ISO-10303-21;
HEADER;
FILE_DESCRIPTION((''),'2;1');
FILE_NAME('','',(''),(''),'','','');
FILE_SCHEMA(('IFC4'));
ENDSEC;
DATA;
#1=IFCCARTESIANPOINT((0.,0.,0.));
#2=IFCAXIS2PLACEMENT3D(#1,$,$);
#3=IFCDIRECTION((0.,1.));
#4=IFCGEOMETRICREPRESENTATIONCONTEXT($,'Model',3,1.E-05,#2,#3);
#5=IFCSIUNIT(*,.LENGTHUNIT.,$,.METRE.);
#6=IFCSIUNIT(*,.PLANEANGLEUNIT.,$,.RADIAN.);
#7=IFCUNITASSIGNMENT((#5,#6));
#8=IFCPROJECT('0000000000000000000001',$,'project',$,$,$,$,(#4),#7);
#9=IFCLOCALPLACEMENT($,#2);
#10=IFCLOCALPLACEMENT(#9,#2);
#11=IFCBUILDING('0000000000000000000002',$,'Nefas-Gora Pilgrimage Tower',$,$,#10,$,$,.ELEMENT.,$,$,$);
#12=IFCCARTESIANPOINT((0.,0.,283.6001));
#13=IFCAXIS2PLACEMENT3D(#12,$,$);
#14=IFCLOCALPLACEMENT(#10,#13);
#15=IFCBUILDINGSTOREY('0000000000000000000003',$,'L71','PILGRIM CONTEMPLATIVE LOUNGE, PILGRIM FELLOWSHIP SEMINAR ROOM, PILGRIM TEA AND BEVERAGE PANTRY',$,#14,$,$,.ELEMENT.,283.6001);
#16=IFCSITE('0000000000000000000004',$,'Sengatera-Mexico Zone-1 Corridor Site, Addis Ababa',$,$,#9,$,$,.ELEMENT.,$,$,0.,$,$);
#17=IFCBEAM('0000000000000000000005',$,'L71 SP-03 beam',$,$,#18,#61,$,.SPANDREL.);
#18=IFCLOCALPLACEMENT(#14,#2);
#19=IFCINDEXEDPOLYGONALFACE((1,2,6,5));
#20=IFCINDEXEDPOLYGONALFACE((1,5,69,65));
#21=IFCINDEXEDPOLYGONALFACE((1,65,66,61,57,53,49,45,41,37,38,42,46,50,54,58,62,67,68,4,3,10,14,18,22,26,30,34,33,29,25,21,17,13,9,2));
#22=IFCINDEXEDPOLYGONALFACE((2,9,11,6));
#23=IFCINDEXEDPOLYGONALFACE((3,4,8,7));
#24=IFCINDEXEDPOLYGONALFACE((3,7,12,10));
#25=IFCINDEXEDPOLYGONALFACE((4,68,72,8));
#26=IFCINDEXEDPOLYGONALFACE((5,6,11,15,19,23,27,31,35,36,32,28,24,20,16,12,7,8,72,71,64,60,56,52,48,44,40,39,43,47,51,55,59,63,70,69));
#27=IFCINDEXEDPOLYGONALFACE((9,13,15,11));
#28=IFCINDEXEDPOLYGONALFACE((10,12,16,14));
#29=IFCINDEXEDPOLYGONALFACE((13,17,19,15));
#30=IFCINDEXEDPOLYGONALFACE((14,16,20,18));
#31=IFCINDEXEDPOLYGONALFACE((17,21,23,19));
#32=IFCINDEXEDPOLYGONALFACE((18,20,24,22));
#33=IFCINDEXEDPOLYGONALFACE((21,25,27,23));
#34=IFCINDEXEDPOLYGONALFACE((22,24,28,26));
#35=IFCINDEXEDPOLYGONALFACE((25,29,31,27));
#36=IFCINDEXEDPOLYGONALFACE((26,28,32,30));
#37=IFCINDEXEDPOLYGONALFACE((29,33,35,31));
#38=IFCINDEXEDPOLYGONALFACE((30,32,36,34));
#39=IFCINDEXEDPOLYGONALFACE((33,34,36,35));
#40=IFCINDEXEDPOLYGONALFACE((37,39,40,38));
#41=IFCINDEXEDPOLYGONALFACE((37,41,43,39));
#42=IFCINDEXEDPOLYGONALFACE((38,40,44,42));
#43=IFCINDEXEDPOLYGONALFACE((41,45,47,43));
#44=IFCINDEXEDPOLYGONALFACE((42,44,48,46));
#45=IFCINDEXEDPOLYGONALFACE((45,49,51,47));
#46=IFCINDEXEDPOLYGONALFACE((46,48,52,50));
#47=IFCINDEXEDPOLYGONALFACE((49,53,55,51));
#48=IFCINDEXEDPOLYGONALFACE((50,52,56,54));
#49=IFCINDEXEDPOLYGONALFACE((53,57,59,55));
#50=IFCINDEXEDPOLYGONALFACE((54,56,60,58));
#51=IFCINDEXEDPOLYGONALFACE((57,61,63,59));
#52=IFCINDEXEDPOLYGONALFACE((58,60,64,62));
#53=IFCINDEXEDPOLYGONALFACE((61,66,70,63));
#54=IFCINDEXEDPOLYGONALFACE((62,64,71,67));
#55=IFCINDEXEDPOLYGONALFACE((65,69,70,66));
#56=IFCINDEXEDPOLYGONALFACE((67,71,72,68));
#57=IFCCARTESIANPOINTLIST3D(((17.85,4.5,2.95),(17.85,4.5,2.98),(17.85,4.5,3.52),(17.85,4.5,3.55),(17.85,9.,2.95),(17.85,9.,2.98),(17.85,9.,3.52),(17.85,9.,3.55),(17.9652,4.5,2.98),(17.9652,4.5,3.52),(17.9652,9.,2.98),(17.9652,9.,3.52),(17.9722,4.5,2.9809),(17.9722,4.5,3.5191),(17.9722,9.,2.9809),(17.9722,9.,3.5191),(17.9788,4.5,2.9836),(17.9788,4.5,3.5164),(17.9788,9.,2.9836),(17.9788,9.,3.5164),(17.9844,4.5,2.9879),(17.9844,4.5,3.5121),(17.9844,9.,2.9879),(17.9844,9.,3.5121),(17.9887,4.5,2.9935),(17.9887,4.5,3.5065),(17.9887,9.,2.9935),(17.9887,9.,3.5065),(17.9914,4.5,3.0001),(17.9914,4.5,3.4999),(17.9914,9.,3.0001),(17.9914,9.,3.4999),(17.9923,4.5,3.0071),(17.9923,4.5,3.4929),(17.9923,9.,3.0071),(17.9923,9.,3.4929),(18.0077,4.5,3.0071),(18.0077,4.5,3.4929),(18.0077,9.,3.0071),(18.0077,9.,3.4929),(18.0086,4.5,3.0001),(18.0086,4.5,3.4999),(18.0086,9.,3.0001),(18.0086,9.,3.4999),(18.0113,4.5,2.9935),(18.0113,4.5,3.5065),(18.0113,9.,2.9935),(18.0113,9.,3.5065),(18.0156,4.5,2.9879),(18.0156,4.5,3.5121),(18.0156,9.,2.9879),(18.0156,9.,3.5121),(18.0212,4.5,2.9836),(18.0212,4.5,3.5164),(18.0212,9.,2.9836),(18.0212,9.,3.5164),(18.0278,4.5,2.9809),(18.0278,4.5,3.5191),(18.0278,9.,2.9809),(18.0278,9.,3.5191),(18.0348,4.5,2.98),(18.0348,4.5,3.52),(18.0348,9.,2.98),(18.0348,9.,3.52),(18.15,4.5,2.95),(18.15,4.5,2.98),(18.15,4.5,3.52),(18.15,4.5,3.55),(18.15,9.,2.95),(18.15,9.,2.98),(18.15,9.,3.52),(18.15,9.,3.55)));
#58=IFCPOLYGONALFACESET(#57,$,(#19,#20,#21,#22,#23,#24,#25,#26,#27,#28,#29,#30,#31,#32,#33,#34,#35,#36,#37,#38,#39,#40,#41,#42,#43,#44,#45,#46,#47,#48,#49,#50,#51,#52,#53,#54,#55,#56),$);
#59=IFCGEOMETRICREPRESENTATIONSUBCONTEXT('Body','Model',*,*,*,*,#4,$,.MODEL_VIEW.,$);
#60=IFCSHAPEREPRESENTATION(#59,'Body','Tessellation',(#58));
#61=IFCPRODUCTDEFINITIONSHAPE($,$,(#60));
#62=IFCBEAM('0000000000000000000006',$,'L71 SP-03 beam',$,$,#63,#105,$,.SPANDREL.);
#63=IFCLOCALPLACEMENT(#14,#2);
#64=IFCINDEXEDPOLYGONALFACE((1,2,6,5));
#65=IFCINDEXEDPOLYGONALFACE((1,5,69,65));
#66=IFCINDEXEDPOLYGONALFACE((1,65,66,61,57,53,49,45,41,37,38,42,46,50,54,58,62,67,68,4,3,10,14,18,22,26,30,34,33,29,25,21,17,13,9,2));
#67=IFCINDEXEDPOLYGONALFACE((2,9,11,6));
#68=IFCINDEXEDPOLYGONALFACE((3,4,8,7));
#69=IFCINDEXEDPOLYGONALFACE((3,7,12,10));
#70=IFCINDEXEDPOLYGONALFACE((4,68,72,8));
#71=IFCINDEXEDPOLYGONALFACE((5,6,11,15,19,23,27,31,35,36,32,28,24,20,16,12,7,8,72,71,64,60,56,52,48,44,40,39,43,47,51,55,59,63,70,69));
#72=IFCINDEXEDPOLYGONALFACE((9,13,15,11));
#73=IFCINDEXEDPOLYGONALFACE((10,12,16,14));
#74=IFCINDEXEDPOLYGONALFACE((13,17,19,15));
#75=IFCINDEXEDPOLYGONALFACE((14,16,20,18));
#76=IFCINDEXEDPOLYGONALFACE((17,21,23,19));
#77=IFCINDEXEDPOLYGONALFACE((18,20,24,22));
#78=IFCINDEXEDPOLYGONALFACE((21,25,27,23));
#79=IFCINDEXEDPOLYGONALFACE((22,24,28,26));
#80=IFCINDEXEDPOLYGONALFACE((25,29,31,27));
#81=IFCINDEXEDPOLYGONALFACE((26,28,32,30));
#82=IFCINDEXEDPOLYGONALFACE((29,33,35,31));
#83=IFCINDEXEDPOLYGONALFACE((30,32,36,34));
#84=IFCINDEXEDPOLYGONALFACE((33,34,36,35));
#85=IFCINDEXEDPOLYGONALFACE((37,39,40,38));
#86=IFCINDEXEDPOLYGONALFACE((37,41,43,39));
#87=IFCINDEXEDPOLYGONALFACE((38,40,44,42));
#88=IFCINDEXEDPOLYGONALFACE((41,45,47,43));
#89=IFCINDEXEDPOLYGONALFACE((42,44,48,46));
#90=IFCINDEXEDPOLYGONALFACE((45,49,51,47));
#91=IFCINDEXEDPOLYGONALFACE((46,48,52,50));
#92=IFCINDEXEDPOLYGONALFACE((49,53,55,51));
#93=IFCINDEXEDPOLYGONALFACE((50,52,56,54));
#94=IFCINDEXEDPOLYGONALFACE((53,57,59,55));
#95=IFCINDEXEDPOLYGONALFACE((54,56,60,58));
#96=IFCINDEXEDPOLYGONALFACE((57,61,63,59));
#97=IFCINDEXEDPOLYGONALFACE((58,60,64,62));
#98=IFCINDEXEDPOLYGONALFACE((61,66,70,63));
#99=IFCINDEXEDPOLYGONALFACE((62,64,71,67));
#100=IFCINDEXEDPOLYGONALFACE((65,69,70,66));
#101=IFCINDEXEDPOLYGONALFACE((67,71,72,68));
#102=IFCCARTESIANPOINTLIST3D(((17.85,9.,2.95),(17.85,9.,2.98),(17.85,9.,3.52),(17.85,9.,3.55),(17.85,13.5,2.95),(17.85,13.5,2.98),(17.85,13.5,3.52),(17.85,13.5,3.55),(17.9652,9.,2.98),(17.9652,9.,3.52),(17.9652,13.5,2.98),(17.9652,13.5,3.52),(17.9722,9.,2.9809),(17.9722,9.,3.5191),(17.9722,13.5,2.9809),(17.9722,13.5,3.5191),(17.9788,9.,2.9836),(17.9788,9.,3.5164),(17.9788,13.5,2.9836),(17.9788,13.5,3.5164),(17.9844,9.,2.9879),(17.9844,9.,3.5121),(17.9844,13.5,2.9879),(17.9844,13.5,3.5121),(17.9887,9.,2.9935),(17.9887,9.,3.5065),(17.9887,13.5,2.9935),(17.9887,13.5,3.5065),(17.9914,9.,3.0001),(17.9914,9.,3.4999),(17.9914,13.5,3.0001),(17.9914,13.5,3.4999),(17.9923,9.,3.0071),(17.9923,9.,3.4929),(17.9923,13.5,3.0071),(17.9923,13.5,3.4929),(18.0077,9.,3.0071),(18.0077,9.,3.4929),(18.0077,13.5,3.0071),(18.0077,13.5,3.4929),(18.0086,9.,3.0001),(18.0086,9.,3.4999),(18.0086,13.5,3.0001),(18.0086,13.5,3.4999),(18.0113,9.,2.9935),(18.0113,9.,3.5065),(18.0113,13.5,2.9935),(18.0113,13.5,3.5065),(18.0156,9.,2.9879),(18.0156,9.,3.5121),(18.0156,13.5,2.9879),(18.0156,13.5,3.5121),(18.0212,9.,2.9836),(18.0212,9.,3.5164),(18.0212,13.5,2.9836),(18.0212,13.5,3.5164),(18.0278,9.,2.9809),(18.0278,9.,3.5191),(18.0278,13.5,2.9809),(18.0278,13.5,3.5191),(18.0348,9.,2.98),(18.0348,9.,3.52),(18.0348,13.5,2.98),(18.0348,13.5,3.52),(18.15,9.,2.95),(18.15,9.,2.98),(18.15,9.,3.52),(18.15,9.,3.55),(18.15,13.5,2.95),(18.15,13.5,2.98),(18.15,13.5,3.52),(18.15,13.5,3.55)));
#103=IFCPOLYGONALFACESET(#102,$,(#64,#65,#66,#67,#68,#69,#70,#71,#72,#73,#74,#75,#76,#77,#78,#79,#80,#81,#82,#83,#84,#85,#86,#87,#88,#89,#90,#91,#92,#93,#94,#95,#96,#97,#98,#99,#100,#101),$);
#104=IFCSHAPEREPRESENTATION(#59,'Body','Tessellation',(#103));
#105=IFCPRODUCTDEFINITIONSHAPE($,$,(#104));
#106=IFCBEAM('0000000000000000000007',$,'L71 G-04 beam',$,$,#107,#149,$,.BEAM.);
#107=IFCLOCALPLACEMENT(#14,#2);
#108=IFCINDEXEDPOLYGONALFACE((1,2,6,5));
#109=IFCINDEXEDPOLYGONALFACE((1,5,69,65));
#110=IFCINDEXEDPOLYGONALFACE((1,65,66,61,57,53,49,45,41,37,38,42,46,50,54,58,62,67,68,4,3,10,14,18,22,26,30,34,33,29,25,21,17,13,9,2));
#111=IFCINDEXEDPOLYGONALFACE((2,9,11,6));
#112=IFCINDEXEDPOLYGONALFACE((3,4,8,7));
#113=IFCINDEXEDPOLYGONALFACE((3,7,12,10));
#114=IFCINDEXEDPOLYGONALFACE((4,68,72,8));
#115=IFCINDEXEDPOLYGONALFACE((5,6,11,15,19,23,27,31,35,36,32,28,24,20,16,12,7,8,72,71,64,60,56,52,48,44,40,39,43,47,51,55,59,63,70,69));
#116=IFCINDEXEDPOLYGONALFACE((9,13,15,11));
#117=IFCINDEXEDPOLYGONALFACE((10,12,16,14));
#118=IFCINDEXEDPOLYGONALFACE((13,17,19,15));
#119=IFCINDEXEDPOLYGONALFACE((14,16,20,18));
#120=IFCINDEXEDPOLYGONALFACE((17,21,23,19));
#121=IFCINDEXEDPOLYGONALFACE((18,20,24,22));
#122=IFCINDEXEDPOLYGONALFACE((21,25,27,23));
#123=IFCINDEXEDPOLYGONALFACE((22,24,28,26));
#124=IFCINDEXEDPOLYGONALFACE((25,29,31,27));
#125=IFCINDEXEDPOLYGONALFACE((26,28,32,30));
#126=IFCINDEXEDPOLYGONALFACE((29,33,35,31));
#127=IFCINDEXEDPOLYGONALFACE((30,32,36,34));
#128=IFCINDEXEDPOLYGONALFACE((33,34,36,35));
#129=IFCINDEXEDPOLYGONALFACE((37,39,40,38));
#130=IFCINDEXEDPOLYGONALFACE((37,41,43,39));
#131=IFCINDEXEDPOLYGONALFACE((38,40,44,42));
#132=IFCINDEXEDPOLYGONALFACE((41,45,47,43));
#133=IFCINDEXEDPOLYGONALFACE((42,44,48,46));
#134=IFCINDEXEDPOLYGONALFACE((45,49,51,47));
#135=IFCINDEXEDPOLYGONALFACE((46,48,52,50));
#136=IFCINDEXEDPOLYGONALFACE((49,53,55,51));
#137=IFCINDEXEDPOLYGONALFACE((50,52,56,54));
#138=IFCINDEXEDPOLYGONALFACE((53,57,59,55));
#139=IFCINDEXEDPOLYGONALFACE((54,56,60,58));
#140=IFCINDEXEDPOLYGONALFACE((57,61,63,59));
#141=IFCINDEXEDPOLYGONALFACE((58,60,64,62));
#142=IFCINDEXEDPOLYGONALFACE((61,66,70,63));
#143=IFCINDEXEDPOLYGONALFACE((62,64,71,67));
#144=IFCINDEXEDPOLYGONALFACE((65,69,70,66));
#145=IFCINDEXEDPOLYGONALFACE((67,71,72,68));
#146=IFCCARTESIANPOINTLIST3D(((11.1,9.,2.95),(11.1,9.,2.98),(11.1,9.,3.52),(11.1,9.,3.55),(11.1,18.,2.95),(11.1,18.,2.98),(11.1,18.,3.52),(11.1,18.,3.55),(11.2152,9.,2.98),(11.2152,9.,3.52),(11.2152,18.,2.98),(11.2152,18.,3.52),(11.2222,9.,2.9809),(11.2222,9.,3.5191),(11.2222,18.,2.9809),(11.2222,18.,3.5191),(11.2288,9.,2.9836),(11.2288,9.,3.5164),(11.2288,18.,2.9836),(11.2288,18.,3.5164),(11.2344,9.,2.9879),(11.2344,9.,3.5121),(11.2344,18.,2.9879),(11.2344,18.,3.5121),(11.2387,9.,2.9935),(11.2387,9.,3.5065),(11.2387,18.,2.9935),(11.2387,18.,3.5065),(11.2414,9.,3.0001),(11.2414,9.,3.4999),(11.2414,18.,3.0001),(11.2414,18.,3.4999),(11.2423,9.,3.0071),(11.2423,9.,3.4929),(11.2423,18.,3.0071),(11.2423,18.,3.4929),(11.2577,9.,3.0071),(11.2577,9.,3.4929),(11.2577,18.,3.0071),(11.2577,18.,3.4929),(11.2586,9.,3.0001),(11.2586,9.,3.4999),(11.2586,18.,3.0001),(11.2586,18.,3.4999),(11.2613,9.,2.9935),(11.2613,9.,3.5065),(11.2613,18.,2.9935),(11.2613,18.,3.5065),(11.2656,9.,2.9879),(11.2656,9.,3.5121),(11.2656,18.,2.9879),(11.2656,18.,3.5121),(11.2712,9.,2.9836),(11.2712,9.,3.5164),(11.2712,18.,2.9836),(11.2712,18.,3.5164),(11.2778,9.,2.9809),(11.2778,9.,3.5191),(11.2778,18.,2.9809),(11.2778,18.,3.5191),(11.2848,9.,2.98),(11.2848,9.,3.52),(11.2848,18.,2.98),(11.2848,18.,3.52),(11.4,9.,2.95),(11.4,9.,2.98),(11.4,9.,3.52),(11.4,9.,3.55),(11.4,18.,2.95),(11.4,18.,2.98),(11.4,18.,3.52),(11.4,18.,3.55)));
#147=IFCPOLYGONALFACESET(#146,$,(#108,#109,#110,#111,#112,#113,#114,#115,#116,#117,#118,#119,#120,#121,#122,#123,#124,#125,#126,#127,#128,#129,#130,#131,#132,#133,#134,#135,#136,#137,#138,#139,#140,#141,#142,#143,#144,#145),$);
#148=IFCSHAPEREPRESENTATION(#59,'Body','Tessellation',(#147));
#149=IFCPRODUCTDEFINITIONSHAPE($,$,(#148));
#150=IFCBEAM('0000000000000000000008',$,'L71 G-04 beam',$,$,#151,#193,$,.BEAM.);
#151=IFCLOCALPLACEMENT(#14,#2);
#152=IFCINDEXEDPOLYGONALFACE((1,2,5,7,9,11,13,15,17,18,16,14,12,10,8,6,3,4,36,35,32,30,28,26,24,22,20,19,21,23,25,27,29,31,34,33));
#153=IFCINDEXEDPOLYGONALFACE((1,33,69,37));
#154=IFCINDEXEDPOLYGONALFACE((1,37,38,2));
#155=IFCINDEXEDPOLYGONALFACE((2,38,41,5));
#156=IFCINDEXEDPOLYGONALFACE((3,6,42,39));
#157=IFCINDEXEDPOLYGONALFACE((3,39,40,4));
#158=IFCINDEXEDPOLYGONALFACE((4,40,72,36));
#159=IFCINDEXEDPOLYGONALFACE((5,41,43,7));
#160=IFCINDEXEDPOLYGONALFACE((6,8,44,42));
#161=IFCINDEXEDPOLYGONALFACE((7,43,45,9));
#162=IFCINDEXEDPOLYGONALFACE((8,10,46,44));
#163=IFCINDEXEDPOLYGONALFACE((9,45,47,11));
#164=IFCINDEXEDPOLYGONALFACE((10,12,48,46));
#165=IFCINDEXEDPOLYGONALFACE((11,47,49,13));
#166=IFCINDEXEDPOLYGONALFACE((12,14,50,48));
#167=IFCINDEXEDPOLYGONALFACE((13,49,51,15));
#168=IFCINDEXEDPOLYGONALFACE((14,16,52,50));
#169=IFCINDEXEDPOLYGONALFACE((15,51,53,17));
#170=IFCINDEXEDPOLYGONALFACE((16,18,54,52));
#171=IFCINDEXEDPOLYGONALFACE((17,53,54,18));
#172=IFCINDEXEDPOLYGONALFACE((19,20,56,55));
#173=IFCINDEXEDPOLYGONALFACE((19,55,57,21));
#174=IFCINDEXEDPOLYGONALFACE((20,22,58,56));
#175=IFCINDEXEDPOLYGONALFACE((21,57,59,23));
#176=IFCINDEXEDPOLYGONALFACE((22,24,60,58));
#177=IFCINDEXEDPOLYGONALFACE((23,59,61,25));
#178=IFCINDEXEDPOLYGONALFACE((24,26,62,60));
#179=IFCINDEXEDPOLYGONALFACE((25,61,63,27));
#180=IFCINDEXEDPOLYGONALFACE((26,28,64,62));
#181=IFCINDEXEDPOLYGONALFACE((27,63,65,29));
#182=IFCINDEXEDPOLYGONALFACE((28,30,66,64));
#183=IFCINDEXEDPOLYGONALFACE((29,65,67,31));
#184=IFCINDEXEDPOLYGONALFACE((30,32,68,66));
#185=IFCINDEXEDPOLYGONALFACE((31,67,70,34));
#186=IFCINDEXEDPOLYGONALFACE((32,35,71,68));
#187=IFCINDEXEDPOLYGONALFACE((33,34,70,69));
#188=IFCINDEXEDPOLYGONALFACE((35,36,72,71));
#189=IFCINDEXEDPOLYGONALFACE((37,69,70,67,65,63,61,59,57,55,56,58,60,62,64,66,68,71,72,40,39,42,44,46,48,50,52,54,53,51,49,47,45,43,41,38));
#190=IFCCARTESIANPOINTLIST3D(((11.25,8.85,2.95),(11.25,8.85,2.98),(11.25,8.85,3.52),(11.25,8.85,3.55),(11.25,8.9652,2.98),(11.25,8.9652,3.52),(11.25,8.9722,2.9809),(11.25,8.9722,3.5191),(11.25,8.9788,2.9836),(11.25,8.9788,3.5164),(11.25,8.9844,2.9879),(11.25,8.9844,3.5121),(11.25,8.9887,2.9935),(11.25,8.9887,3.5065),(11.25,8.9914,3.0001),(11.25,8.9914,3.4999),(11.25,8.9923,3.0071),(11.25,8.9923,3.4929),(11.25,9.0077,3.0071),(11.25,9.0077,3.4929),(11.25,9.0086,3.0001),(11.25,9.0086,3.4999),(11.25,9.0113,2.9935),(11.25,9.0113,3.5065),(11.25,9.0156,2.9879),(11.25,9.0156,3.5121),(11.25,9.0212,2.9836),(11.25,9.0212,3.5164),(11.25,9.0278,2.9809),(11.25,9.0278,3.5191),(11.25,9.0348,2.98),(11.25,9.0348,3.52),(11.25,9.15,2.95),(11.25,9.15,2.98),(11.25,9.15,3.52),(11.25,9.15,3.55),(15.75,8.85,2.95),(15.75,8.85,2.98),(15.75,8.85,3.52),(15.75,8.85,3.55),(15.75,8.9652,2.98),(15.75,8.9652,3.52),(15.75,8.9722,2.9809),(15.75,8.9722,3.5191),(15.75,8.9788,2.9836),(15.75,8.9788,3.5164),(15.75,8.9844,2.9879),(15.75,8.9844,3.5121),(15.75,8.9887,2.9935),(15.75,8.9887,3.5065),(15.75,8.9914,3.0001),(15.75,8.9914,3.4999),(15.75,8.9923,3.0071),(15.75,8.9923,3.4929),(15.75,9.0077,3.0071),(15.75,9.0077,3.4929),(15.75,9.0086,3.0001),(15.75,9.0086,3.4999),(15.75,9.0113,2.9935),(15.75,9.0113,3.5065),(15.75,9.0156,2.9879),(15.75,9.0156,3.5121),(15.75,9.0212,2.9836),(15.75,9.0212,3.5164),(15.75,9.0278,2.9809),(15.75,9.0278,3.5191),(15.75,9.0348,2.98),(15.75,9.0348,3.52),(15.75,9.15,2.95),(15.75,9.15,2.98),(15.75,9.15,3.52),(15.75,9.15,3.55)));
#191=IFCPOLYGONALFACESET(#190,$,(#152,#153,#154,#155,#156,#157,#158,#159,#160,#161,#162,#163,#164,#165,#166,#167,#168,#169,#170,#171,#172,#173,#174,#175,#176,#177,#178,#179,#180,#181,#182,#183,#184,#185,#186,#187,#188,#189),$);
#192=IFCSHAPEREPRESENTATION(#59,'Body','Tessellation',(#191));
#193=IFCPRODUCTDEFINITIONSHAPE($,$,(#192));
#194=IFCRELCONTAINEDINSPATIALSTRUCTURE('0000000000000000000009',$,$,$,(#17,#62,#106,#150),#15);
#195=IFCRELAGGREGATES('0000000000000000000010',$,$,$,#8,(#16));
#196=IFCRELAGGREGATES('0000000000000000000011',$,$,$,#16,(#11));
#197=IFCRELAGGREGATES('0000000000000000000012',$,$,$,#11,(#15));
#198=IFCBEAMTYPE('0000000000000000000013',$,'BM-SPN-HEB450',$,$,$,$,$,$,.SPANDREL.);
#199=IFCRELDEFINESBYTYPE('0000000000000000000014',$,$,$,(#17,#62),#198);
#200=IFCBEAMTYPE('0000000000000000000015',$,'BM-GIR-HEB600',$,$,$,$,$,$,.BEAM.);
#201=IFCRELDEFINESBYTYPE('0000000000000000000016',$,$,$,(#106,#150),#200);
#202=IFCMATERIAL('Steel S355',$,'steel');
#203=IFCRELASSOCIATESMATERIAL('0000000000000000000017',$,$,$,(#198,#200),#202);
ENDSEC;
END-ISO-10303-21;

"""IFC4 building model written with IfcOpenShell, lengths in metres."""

from ifc_helpers import new_model, si_unit, direction, frame, origin, origin_2d, place, context, subcontext, project, spatial, i_section, extrude, source, transform, mapped, material, material_profile, profile_set, type_object, element, save


model = new_model("IFC4")

# Units and contexts
model_context = context("Model", 3, precision=1e-05, world=origin(), true_north=direction((0.0, 1.0)))
body_context = subcontext(model_context, "Body", "Model", "MODEL_VIEW")
ifc_project = project(units=[si_unit("LENGTHUNIT", "METRE"), si_unit("PLANEANGLEUNIT", "RADIAN")], contexts=[model_context])

# Site, building, storey
site_placement = place(None, origin())
site = spatial("IfcSite", under=ifc_project, at=site_placement, Name="Sengatera-Mexico Zone-1 Corridor Site, Addis Ababa", CompositionType="ELEMENT", RefElevation=0.0)
building_placement = place(site_placement, origin())
building = spatial("IfcBuilding", under=site, at=building_placement, Name="Nefas-Gora Pilgrimage Tower", CompositionType="ELEMENT")
storey_placement = place(building_placement, frame((0.0, 0.0, 283.6001)))
storey = spatial("IfcBuildingStorey", under=building, at=storey_placement, Name="L71", Description="PILGRIM CONTEMPLATIVE LOUNGE, PILGRIM FELLOWSHIP SEMINAR ROOM, PILGRIM TEA AND BEVERAGE PANTRY", CompositionType="ELEMENT", Elevation=283.6001)

# Shared definitions
ifc_material_1 = material(Name="Steel S355", Category="steel")

# Beams
ifc_material_profile_1 = material_profile(ifc_material_1, i_section(OverallWidth=0.3, OverallDepth=0.6001, WebThickness=0.0154, FlangeThickness=0.03, FilletRadius=0.0271, at=origin_2d()), Name="HEB 600")
ifc_profile_set_1 = profile_set([ifc_material_profile_1], Name="Steel S355")
beam_type_1 = type_object("IfcBeamType", Name="BM-SPN-HEB450", PredefinedType="SPANDREL", material=ifc_profile_set_1)
shared_shape_1 = source(origin(), body_context, "Body", "SweptSolid", [
    extrude(i_section(OverallWidth=0.3, OverallDepth=0.6001, WebThickness=0.0154, FlangeThickness=0.03, FilletRadius=0.0271, at=origin_2d()), origin(), (0.0, 0.0, 1.0), 4.5),
])
for number, where, z_axis, x_axis, name in (
    (1, (18.0, 4.5, 3.25), (0.0, 1.0, 0.0), (-1.0, 0.0, 0.0), "L71 SP-03 beam"),
    (2, (18.0, 9.0, 3.25), (0.0, 1.0, 0.0), (-1.0, 0.0, 0.0), "L71 SP-03 beam"),
):
    element("IfcBeam", number, at=place(storey_placement, frame(where, z_axis=z_axis, x_axis=x_axis)), inside=storey, type_object=beam_type_1, Name=name, PredefinedType="SPANDREL", context=body_context, shape_type="MappedRepresentation", body=[
        mapped(shared_shape_1, transform((0.0, 0.0, 0.0), x_axis=(1.0, 0.0, 0.0), y_axis=(0.0, 1.0, 0.0), z_axis=(0.0, 0.0, 1.0), scale=1.0)),
    ])
ifc_material_profile_2 = material_profile(ifc_material_1, i_section(OverallWidth=0.3, OverallDepth=0.6001, WebThickness=0.0154, FlangeThickness=0.03, FilletRadius=0.0271, at=origin_2d()), Name="HEB 600")
ifc_profile_set_2 = profile_set([ifc_material_profile_2], Name="Steel S355")
beam_type_2 = type_object("IfcBeamType", Name="BM-GIR-HEB600", PredefinedType="BEAM", material=ifc_profile_set_2)
shared_shape_2 = source(origin(), body_context, "Body", "SweptSolid", [
    extrude(i_section(OverallWidth=0.3, OverallDepth=0.6001, WebThickness=0.0154, FlangeThickness=0.03, FilletRadius=0.0271, at=origin_2d()), origin(), (0.0, 0.0, 1.0), 9.0),
])
beam_placement = place(storey_placement, frame((11.25, 9.0, 3.25), z_axis=(0.0, 1.0, 0.0), x_axis=(-1.0, 0.0, 0.0)))
element("IfcBeam", 3, at=beam_placement, inside=storey, type_object=beam_type_2, Name="L71 G-04 beam", PredefinedType="BEAM", context=body_context, shape_type="MappedRepresentation", body=[
    mapped(shared_shape_2, transform((0.0, 0.0, 0.0), x_axis=(1.0, 0.0, 0.0), y_axis=(0.0, 1.0, 0.0), z_axis=(0.0, 0.0, 1.0), scale=1.0)),
])
shared_shape_3 = source(origin(), body_context, "Body", "SweptSolid", [
    extrude(i_section(OverallWidth=0.3, OverallDepth=0.6001, WebThickness=0.0154, FlangeThickness=0.03, FilletRadius=0.0271, at=origin_2d()), origin(), (0.0, 0.0, 1.0), 4.5),
])
for number, where, z_axis, x_axis, name in (
    (4, (11.25, 9.0, 3.25), (1.0, 0.0, 0.0), (0.0, 1.0, 0.0), "L71 G-04 beam"),
):
    element("IfcBeam", number, at=place(storey_placement, frame(where, z_axis=z_axis, x_axis=x_axis)), inside=storey, type_object=beam_type_2, Name=name, PredefinedType="BEAM", context=body_context, shape_type="MappedRepresentation", body=[
        mapped(shared_shape_3, transform((0.0, 0.0, 0.0), x_axis=(1.0, 0.0, 0.0), y_axis=(0.0, 1.0, 0.0), z_axis=(0.0, 0.0, 1.0), scale=1.0)),
    ])

save(model, "model.ifc")
